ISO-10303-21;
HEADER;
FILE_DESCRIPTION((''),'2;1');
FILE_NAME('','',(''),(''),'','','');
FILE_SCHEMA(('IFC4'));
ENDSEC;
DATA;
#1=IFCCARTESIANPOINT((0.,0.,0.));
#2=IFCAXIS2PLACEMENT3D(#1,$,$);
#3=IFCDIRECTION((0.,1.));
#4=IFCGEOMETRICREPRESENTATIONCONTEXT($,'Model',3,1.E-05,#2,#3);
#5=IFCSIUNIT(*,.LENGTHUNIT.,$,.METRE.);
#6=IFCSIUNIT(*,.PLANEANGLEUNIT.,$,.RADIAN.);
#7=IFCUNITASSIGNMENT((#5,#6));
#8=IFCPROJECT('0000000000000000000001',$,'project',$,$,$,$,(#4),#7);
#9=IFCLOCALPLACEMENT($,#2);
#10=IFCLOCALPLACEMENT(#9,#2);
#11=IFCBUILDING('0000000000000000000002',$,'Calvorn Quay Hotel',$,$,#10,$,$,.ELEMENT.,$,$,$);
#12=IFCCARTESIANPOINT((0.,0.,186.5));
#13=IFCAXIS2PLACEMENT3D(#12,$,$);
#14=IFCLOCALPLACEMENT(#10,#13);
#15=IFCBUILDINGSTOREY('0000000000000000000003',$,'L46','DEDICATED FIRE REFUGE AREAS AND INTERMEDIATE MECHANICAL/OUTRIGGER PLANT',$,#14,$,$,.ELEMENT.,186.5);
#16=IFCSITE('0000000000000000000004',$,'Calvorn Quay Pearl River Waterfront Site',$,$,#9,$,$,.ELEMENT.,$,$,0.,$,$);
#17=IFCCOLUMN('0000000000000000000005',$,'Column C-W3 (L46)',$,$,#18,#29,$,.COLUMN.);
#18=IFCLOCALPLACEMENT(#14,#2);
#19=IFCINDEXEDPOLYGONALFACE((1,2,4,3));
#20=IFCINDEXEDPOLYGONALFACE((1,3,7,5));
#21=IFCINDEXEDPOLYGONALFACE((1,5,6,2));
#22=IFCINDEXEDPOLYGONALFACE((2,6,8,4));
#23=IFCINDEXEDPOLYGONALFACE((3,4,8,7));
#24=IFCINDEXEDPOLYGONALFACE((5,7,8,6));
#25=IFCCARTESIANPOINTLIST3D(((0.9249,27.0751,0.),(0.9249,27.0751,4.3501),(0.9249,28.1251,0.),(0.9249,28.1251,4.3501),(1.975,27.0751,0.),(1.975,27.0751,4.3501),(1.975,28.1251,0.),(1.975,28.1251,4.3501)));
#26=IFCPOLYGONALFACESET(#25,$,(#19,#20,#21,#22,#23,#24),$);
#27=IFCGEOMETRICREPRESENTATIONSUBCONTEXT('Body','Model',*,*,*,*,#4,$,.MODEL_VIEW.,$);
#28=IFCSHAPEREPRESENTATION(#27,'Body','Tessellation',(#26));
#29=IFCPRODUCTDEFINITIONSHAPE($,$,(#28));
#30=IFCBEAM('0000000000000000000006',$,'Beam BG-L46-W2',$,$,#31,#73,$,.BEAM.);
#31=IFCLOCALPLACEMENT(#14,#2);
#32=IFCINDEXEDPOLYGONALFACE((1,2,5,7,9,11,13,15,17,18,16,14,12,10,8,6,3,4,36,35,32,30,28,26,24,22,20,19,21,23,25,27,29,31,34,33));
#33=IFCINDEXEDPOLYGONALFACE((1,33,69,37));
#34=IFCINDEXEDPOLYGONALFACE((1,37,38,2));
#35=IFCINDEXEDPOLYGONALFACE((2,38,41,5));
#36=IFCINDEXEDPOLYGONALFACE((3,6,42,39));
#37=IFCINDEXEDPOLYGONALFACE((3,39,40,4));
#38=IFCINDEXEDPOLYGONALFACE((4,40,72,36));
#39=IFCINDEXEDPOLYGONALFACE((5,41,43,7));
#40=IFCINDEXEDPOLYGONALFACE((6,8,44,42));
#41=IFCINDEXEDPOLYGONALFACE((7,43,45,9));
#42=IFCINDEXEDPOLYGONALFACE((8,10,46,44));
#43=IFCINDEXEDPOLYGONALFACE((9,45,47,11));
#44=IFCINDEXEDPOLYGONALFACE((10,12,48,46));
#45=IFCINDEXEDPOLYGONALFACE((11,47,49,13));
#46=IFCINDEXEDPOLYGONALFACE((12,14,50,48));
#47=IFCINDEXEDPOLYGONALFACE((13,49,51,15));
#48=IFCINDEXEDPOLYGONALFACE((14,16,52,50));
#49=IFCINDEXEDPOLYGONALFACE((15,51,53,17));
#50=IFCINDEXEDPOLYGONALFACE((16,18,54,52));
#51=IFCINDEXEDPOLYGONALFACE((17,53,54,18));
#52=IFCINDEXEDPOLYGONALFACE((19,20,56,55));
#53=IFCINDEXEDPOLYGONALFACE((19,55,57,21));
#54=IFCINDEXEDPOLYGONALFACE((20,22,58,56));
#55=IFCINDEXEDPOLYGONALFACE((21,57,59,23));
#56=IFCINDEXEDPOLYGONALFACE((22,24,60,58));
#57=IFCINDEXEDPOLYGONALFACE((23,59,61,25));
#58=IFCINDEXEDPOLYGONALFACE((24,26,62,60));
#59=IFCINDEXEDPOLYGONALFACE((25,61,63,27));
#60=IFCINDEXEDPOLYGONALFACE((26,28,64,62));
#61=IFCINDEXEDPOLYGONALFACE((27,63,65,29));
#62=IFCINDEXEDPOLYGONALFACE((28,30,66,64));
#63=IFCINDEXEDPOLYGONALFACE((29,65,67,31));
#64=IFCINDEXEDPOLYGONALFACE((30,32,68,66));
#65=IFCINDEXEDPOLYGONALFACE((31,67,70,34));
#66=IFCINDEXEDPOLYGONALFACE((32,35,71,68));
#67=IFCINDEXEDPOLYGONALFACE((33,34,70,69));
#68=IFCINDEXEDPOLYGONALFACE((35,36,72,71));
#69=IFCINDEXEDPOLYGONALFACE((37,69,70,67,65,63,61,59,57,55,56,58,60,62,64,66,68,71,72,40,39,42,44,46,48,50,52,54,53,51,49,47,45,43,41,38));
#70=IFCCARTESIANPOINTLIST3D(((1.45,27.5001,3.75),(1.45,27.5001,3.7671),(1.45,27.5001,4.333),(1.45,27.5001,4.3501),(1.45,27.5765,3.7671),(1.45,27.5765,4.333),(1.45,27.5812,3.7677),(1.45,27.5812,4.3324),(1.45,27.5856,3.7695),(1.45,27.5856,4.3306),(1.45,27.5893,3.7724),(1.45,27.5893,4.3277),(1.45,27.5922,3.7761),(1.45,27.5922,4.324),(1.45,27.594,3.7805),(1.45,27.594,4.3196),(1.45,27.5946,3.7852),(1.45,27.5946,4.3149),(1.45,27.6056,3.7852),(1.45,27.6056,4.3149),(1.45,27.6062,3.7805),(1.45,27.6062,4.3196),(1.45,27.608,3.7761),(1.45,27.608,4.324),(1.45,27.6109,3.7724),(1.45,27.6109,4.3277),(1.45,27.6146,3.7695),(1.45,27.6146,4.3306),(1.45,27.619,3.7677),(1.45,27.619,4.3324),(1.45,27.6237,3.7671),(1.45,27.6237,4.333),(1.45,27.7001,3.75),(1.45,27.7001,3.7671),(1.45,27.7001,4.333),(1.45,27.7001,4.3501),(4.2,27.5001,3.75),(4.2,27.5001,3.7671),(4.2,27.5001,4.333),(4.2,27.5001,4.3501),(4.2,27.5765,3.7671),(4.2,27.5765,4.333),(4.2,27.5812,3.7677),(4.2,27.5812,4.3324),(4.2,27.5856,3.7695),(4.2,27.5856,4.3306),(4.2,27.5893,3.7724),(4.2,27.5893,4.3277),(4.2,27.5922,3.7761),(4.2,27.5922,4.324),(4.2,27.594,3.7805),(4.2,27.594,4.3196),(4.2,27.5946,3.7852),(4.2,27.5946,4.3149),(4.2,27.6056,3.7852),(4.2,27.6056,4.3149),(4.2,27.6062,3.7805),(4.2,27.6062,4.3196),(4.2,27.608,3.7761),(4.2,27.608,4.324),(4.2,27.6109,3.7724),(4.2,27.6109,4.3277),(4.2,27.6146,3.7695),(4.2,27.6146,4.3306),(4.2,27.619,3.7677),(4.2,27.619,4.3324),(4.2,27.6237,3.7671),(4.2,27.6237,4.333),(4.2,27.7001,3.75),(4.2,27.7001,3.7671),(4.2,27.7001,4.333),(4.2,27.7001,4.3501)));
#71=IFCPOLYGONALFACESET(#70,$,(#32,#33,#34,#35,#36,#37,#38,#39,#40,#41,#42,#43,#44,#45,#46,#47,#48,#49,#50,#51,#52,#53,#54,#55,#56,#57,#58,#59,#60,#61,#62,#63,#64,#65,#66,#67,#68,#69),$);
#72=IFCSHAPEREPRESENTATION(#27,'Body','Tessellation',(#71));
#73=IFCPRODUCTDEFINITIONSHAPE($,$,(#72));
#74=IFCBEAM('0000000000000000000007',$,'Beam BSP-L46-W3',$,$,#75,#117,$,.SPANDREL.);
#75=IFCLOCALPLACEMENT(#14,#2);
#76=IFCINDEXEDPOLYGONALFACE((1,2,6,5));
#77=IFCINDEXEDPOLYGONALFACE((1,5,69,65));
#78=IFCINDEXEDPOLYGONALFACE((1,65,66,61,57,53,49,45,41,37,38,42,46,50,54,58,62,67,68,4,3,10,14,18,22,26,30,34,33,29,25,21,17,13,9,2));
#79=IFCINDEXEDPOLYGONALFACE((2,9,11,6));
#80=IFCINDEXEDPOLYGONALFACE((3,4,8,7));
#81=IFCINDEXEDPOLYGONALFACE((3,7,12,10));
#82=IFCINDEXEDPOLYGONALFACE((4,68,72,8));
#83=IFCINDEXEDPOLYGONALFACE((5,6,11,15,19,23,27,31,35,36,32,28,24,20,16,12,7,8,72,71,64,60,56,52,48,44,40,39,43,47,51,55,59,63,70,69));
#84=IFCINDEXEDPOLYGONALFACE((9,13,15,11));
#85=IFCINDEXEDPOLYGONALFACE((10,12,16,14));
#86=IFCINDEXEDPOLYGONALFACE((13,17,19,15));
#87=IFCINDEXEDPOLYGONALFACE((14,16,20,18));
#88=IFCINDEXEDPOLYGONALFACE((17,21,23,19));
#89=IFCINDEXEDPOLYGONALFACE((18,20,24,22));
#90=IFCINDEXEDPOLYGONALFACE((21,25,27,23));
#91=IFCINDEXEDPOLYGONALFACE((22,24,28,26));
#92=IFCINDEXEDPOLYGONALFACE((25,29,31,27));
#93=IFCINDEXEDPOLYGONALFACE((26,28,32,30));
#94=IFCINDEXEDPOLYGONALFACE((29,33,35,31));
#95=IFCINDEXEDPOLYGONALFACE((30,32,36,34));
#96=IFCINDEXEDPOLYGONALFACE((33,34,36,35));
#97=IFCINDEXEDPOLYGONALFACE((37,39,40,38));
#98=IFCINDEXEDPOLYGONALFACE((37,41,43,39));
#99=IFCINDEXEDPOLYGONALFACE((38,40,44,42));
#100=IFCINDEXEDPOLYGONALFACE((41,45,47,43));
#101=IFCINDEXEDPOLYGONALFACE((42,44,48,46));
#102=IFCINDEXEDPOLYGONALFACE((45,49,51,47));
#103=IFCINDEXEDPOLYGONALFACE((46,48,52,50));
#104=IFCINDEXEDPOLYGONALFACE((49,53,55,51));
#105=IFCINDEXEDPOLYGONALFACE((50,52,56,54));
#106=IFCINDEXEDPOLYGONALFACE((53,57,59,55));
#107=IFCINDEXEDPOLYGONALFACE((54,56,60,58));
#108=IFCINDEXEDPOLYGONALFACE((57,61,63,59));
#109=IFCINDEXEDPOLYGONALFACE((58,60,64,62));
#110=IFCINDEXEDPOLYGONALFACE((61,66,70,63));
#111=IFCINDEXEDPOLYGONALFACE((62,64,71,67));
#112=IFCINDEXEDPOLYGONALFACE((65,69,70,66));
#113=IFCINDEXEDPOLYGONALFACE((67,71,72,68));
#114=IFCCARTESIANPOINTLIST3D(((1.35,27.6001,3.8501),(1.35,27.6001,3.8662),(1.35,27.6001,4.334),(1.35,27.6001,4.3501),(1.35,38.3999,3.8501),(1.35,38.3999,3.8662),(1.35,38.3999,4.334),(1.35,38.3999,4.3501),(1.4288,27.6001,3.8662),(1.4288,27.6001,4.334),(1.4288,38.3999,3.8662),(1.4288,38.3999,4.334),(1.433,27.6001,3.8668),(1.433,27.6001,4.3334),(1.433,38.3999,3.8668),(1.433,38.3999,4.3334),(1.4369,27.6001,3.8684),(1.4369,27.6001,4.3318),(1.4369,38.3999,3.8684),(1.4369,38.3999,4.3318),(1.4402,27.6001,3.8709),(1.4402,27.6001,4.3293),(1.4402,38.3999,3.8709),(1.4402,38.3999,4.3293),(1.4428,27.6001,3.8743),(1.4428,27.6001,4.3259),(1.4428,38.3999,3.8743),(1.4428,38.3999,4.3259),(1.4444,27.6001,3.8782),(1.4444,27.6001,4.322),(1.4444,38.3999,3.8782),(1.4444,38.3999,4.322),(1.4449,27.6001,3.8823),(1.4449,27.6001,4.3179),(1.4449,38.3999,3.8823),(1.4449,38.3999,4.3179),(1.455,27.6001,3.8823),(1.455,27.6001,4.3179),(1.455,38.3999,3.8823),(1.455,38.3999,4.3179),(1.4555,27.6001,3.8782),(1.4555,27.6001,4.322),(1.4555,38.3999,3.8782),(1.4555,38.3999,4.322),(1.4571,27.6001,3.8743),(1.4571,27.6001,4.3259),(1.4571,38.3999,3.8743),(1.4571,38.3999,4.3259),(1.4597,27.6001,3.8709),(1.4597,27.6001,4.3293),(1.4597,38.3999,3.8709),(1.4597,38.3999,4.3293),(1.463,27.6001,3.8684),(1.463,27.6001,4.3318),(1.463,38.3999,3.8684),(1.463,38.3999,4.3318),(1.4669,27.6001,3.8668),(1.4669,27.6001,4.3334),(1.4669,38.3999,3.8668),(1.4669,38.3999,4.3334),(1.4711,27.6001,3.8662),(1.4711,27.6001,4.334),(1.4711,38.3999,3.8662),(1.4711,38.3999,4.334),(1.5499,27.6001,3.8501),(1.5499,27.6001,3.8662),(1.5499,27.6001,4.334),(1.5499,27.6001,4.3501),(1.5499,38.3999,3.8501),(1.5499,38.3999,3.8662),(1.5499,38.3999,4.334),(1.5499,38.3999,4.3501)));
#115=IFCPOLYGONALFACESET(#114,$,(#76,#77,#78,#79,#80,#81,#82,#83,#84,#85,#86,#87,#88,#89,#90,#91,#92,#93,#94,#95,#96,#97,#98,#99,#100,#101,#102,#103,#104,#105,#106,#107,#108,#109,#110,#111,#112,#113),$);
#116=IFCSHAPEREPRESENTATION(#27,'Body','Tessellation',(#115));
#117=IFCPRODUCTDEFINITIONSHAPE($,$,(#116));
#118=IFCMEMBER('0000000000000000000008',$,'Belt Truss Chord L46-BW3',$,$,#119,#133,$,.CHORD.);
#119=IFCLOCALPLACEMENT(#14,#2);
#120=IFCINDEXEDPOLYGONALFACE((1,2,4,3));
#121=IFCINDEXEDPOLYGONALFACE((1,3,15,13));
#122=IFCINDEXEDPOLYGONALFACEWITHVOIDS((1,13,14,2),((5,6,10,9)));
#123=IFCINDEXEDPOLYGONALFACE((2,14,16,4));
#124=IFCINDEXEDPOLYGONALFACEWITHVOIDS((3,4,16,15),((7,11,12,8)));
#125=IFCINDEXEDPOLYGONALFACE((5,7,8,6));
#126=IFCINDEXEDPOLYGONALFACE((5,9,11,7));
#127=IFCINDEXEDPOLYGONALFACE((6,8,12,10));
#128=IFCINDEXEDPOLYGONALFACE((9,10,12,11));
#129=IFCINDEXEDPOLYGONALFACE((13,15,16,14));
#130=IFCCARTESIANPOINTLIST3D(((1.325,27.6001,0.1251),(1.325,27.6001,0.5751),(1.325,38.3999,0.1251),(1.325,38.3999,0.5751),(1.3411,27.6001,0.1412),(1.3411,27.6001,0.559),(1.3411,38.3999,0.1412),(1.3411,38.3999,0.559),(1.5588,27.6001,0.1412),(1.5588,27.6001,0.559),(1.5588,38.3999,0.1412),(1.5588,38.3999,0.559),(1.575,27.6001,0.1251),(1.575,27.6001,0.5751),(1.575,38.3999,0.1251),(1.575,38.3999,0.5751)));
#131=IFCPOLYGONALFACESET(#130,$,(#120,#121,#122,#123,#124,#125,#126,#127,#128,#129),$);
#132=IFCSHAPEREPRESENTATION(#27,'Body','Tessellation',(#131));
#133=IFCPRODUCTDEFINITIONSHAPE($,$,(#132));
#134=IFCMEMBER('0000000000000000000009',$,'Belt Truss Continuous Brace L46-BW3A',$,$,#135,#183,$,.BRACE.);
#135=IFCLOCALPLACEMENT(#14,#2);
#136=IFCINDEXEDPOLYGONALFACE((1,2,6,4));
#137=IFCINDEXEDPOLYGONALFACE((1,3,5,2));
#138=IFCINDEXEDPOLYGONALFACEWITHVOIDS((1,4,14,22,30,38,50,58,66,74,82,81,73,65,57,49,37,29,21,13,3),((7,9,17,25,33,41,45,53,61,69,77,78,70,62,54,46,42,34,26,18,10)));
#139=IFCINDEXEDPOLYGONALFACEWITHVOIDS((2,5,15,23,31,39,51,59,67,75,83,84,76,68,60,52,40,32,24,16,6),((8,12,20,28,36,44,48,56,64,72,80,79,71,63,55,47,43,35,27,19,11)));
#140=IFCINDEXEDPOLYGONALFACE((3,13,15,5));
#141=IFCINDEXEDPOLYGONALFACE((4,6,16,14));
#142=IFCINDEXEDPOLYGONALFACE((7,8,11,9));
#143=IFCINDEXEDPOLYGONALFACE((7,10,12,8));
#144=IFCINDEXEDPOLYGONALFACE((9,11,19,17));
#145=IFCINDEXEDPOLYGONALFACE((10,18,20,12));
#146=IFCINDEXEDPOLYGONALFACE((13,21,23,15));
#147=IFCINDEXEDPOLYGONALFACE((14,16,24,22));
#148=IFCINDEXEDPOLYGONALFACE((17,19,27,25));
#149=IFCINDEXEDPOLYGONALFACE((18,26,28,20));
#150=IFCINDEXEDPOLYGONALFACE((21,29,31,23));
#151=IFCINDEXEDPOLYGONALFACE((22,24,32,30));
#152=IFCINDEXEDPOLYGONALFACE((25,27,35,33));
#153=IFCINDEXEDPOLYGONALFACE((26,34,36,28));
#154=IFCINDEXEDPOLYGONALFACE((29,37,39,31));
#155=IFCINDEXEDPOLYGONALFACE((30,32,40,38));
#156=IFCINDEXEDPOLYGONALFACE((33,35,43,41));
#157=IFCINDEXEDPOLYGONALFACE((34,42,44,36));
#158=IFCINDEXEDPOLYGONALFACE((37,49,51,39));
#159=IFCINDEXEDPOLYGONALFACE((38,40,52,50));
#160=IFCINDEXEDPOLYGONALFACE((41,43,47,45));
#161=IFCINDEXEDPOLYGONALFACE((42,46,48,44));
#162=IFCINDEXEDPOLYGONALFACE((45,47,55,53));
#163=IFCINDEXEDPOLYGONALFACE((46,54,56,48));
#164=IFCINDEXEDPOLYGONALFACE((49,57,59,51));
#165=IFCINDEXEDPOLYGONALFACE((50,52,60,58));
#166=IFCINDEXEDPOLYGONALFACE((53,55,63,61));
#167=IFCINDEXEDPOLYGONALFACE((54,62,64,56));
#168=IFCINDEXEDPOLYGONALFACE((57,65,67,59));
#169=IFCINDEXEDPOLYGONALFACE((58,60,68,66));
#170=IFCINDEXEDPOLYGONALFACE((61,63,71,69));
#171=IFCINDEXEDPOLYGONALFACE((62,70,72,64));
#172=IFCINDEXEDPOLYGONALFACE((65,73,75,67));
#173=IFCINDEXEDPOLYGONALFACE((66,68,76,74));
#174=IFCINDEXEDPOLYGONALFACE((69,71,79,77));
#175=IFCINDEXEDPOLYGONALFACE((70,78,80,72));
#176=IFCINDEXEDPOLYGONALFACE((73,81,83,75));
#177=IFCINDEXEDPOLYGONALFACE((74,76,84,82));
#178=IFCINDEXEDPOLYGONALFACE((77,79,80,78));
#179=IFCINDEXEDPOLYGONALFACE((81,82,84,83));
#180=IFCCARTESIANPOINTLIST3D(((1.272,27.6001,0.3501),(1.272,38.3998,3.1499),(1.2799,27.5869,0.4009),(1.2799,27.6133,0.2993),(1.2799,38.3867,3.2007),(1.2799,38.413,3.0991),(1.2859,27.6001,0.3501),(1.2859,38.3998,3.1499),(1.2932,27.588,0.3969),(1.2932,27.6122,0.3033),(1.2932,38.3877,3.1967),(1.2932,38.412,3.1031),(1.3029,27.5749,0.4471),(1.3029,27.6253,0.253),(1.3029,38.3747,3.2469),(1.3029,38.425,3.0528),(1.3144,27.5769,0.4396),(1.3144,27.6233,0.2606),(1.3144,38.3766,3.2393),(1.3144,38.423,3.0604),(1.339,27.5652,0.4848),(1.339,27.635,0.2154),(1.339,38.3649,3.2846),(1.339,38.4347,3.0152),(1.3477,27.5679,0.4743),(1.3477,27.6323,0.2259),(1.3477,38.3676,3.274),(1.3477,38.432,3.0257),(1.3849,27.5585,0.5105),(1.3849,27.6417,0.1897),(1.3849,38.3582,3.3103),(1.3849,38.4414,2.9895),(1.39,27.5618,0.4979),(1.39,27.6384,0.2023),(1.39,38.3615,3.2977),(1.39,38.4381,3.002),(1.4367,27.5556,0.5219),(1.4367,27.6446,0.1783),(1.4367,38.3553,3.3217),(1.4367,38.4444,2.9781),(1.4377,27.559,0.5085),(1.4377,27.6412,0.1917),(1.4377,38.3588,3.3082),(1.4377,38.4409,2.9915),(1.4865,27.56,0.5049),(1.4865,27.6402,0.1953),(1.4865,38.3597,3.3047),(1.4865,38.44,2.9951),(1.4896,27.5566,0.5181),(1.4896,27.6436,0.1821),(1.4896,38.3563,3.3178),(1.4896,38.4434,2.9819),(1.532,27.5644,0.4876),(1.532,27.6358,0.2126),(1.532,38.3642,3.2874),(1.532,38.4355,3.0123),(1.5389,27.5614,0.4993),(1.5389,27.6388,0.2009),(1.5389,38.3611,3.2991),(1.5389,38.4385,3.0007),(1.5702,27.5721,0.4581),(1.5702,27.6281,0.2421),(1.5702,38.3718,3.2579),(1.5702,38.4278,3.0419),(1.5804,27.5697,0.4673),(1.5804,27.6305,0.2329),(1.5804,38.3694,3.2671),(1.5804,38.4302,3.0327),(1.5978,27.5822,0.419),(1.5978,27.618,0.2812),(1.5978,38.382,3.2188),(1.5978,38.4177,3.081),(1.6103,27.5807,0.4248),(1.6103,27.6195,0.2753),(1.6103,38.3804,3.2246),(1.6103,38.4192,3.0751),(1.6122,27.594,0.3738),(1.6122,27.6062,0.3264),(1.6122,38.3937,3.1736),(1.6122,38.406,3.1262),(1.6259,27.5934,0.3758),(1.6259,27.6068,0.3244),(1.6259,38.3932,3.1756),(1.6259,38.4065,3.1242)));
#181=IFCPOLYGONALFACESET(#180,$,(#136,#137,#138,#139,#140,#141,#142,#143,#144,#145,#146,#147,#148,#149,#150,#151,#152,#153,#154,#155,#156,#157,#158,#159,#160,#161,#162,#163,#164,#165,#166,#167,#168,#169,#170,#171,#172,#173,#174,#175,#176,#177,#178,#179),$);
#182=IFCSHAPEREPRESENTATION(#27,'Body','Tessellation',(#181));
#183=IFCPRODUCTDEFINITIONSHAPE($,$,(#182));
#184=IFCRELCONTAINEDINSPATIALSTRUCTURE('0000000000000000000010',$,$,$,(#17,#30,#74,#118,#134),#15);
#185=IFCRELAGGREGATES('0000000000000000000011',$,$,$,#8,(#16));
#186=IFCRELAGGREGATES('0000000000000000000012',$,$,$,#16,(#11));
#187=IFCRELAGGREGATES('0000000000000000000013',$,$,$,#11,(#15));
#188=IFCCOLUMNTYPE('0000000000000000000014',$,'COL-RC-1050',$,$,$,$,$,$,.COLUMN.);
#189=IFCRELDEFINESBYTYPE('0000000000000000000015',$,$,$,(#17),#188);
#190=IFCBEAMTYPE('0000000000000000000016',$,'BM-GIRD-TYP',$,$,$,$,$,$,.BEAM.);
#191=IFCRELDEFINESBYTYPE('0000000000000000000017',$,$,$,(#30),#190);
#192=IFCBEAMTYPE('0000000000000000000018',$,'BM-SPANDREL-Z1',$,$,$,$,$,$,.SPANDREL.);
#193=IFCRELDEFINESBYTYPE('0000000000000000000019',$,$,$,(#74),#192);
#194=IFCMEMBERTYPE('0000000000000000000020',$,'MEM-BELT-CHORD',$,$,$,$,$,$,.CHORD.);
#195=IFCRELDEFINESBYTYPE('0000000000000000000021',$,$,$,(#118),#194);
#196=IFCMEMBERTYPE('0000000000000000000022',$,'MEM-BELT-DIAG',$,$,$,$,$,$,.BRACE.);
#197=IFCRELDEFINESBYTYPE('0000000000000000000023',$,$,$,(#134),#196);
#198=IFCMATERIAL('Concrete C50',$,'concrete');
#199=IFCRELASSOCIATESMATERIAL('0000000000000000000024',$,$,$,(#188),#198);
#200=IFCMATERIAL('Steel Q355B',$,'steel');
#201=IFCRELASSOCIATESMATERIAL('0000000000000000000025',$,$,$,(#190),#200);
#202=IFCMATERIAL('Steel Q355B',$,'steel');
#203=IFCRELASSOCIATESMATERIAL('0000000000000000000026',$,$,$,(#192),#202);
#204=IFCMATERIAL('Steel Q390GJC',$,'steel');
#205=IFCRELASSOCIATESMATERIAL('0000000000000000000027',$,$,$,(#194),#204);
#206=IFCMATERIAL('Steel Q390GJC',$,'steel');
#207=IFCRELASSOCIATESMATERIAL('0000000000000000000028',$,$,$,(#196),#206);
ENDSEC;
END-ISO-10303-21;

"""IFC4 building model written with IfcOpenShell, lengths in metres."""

from ifc_helpers import new_model, si_unit, direction, frame, origin, origin_2d, place, context, subcontext, project, spatial, rectangle, hollow_rectangle, hollow_circle, i_section, extrude, material, material_profile, profile_set, type_object, element, save


model = new_model("IFC4")

# Units and contexts
model_context = context("Model", 3, precision=1e-05, world=origin(), true_north=direction((0.0, 1.0)))
body_context = subcontext(model_context, "Body", "Model", "MODEL_VIEW")
ifc_project = project(units=[si_unit("LENGTHUNIT", "METRE"), si_unit("PLANEANGLEUNIT", "RADIAN")], contexts=[model_context])

# Site, building, storey
site_placement = place(None, origin())
site = spatial("IfcSite", under=ifc_project, at=site_placement, Name="Calvorn Quay Pearl River Waterfront Site", CompositionType="ELEMENT", RefElevation=0.0)
building_placement = place(site_placement, origin())
building = spatial("IfcBuilding", under=site, at=building_placement, Name="Calvorn Quay Hotel", CompositionType="ELEMENT")
storey_placement = place(building_placement, frame((0.0, 0.0, 186.5)))
storey = spatial("IfcBuildingStorey", under=building, at=storey_placement, Name="L46", Description="DEDICATED FIRE REFUGE AREAS AND INTERMEDIATE MECHANICAL/OUTRIGGER PLANT", CompositionType="ELEMENT", Elevation=186.5)

# Column
ifc_material_1 = material(Name="Concrete C50", Category="concrete")
ifc_material_profile_1 = material_profile(ifc_material_1, rectangle(XDim=1.05, YDim=1.05, at=origin_2d()), Name="RC1050x1050")
ifc_profile_set_1 = profile_set([ifc_material_profile_1], Name="Concrete C50")
column_type = type_object("IfcColumnType", Name="COL-RC-1050", PredefinedType="COLUMN", material=ifc_profile_set_1)
column_placement = place(storey_placement, frame((1.45, 27.6001, 0.0), z_axis=(0.0, 0.0, 1.0), x_axis=(1.0, 0.0, 0.0)))
element("IfcColumn", 1, at=column_placement, inside=storey, type_object=column_type, Name="Column C-W3 (L46)", PredefinedType="COLUMN", context=body_context, shape_type="SweptSolid", body=[
    extrude(rectangle(XDim=1.05, YDim=1.05, at=origin_2d()), origin(), (0.0, 0.0, 1.0), 4.3501),
])

# Beams
ifc_material_2 = material(Name="Steel Q355B", Category="steel")
ifc_material_profile_2 = material_profile(ifc_material_2, i_section(OverallWidth=0.2, OverallDepth=0.6001, WebThickness=0.011, FlangeThickness=0.0171, FilletRadius=0.0181, at=origin_2d()), Name="HN600x200x11x17")
ifc_profile_set_2 = profile_set([ifc_material_profile_2], Name="Steel Q355B")
beam_type_1 = type_object("IfcBeamType", Name="BM-GIRD-TYP", PredefinedType="BEAM", material=ifc_profile_set_2)
beam_1_placement = place(storey_placement, frame((1.45, 27.6001, 4.05), z_axis=(1.0, 0.0, 0.0), x_axis=(0.0, 1.0, 0.0)))
element("IfcBeam", 2, at=beam_1_placement, inside=storey, type_object=beam_type_1, Name="Beam BG-L46-W2", PredefinedType="BEAM", context=body_context, shape_type="SweptSolid", body=[
    extrude(i_section(OverallWidth=0.2, OverallDepth=0.6001, WebThickness=0.011, FlangeThickness=0.0171, FilletRadius=0.0181, at=origin_2d()), origin(), (0.0, 0.0, 1.0), 2.75),
])
ifc_material_3 = material(Name="Steel Q355B", Category="steel")
ifc_material_profile_3 = material_profile(ifc_material_3, i_section(OverallWidth=0.2, OverallDepth=0.5, WebThickness=0.01, FlangeThickness=0.0161, FilletRadius=0.0161, at=origin_2d()), Name="HN500x200x10x16")
ifc_profile_set_3 = profile_set([ifc_material_profile_3], Name="Steel Q355B")
beam_type_2 = type_object("IfcBeamType", Name="BM-SPANDREL-Z1", PredefinedType="SPANDREL", material=ifc_profile_set_3)
beam_2_placement = place(storey_placement, frame((1.45, 27.6001, 4.1001), z_axis=(0.0, 1.0, 0.0), x_axis=(-1.0, 0.0, 0.0)))
element("IfcBeam", 3, at=beam_2_placement, inside=storey, type_object=beam_type_2, Name="Beam BSP-L46-W3", PredefinedType="SPANDREL", context=body_context, shape_type="SweptSolid", body=[
    extrude(i_section(OverallWidth=0.2, OverallDepth=0.5, WebThickness=0.01, FlangeThickness=0.0161, FilletRadius=0.0161, at=origin_2d()), origin(), (0.0, 0.0, 1.0), 10.7998),
])

# Members
ifc_material_4 = material(Name="Steel Q390GJC", Category="steel")
ifc_material_profile_4 = material_profile(ifc_material_4, hollow_rectangle(XDim=0.25, YDim=0.45, WallThickness=0.0161, at=origin_2d()), Name="RHS450x250x16")
ifc_profile_set_4 = profile_set([ifc_material_profile_4], Name="Steel Q390GJC")
member_type_1 = type_object("IfcMemberType", Name="MEM-BELT-CHORD", PredefinedType="CHORD", material=ifc_profile_set_4)
member_1_placement = place(storey_placement, frame((1.45, 27.6001, 0.3501), z_axis=(0.0, 1.0, 0.0), x_axis=(-1.0, 0.0, 0.0)))
element("IfcMember", 4, at=member_1_placement, inside=storey, type_object=member_type_1, Name="Belt Truss Chord L46-BW3", PredefinedType="CHORD", context=body_context, shape_type="SweptSolid", body=[
    extrude(hollow_rectangle(XDim=0.25, YDim=0.45, WallThickness=0.0161, at=origin_2d()), origin(), (0.0, 0.0, 1.0), 10.7998),
])
ifc_material_5 = material(Name="Steel Q390GJC", Category="steel")
ifc_material_profile_5 = material_profile(ifc_material_5, hollow_circle(Radius=0.178, WallThickness=0.0139, at=origin_2d()), Name="CHS356x14")
ifc_profile_set_5 = profile_set([ifc_material_profile_5], Name="Steel Q390GJC")
member_type_2 = type_object("IfcMemberType", Name="MEM-BELT-DIAG", PredefinedType="BRACE", material=ifc_profile_set_5)
member_2_placement = place(storey_placement, frame((1.45, 27.6001, 0.3501), z_axis=(0.0, 0.968, 0.25095), x_axis=(-1.0, 0.0, 0.0)))
element("IfcMember", 5, at=member_2_placement, inside=storey, type_object=member_type_2, Name="Belt Truss Continuous Brace L46-BW3A", PredefinedType="BRACE", context=body_context, shape_type="SweptSolid", body=[
    extrude(hollow_circle(Radius=0.178, WallThickness=0.0139, at=origin_2d()), origin(), (0.0, 0.0, 1.0), 11.1567),
])

save(model, "model.ifc")
